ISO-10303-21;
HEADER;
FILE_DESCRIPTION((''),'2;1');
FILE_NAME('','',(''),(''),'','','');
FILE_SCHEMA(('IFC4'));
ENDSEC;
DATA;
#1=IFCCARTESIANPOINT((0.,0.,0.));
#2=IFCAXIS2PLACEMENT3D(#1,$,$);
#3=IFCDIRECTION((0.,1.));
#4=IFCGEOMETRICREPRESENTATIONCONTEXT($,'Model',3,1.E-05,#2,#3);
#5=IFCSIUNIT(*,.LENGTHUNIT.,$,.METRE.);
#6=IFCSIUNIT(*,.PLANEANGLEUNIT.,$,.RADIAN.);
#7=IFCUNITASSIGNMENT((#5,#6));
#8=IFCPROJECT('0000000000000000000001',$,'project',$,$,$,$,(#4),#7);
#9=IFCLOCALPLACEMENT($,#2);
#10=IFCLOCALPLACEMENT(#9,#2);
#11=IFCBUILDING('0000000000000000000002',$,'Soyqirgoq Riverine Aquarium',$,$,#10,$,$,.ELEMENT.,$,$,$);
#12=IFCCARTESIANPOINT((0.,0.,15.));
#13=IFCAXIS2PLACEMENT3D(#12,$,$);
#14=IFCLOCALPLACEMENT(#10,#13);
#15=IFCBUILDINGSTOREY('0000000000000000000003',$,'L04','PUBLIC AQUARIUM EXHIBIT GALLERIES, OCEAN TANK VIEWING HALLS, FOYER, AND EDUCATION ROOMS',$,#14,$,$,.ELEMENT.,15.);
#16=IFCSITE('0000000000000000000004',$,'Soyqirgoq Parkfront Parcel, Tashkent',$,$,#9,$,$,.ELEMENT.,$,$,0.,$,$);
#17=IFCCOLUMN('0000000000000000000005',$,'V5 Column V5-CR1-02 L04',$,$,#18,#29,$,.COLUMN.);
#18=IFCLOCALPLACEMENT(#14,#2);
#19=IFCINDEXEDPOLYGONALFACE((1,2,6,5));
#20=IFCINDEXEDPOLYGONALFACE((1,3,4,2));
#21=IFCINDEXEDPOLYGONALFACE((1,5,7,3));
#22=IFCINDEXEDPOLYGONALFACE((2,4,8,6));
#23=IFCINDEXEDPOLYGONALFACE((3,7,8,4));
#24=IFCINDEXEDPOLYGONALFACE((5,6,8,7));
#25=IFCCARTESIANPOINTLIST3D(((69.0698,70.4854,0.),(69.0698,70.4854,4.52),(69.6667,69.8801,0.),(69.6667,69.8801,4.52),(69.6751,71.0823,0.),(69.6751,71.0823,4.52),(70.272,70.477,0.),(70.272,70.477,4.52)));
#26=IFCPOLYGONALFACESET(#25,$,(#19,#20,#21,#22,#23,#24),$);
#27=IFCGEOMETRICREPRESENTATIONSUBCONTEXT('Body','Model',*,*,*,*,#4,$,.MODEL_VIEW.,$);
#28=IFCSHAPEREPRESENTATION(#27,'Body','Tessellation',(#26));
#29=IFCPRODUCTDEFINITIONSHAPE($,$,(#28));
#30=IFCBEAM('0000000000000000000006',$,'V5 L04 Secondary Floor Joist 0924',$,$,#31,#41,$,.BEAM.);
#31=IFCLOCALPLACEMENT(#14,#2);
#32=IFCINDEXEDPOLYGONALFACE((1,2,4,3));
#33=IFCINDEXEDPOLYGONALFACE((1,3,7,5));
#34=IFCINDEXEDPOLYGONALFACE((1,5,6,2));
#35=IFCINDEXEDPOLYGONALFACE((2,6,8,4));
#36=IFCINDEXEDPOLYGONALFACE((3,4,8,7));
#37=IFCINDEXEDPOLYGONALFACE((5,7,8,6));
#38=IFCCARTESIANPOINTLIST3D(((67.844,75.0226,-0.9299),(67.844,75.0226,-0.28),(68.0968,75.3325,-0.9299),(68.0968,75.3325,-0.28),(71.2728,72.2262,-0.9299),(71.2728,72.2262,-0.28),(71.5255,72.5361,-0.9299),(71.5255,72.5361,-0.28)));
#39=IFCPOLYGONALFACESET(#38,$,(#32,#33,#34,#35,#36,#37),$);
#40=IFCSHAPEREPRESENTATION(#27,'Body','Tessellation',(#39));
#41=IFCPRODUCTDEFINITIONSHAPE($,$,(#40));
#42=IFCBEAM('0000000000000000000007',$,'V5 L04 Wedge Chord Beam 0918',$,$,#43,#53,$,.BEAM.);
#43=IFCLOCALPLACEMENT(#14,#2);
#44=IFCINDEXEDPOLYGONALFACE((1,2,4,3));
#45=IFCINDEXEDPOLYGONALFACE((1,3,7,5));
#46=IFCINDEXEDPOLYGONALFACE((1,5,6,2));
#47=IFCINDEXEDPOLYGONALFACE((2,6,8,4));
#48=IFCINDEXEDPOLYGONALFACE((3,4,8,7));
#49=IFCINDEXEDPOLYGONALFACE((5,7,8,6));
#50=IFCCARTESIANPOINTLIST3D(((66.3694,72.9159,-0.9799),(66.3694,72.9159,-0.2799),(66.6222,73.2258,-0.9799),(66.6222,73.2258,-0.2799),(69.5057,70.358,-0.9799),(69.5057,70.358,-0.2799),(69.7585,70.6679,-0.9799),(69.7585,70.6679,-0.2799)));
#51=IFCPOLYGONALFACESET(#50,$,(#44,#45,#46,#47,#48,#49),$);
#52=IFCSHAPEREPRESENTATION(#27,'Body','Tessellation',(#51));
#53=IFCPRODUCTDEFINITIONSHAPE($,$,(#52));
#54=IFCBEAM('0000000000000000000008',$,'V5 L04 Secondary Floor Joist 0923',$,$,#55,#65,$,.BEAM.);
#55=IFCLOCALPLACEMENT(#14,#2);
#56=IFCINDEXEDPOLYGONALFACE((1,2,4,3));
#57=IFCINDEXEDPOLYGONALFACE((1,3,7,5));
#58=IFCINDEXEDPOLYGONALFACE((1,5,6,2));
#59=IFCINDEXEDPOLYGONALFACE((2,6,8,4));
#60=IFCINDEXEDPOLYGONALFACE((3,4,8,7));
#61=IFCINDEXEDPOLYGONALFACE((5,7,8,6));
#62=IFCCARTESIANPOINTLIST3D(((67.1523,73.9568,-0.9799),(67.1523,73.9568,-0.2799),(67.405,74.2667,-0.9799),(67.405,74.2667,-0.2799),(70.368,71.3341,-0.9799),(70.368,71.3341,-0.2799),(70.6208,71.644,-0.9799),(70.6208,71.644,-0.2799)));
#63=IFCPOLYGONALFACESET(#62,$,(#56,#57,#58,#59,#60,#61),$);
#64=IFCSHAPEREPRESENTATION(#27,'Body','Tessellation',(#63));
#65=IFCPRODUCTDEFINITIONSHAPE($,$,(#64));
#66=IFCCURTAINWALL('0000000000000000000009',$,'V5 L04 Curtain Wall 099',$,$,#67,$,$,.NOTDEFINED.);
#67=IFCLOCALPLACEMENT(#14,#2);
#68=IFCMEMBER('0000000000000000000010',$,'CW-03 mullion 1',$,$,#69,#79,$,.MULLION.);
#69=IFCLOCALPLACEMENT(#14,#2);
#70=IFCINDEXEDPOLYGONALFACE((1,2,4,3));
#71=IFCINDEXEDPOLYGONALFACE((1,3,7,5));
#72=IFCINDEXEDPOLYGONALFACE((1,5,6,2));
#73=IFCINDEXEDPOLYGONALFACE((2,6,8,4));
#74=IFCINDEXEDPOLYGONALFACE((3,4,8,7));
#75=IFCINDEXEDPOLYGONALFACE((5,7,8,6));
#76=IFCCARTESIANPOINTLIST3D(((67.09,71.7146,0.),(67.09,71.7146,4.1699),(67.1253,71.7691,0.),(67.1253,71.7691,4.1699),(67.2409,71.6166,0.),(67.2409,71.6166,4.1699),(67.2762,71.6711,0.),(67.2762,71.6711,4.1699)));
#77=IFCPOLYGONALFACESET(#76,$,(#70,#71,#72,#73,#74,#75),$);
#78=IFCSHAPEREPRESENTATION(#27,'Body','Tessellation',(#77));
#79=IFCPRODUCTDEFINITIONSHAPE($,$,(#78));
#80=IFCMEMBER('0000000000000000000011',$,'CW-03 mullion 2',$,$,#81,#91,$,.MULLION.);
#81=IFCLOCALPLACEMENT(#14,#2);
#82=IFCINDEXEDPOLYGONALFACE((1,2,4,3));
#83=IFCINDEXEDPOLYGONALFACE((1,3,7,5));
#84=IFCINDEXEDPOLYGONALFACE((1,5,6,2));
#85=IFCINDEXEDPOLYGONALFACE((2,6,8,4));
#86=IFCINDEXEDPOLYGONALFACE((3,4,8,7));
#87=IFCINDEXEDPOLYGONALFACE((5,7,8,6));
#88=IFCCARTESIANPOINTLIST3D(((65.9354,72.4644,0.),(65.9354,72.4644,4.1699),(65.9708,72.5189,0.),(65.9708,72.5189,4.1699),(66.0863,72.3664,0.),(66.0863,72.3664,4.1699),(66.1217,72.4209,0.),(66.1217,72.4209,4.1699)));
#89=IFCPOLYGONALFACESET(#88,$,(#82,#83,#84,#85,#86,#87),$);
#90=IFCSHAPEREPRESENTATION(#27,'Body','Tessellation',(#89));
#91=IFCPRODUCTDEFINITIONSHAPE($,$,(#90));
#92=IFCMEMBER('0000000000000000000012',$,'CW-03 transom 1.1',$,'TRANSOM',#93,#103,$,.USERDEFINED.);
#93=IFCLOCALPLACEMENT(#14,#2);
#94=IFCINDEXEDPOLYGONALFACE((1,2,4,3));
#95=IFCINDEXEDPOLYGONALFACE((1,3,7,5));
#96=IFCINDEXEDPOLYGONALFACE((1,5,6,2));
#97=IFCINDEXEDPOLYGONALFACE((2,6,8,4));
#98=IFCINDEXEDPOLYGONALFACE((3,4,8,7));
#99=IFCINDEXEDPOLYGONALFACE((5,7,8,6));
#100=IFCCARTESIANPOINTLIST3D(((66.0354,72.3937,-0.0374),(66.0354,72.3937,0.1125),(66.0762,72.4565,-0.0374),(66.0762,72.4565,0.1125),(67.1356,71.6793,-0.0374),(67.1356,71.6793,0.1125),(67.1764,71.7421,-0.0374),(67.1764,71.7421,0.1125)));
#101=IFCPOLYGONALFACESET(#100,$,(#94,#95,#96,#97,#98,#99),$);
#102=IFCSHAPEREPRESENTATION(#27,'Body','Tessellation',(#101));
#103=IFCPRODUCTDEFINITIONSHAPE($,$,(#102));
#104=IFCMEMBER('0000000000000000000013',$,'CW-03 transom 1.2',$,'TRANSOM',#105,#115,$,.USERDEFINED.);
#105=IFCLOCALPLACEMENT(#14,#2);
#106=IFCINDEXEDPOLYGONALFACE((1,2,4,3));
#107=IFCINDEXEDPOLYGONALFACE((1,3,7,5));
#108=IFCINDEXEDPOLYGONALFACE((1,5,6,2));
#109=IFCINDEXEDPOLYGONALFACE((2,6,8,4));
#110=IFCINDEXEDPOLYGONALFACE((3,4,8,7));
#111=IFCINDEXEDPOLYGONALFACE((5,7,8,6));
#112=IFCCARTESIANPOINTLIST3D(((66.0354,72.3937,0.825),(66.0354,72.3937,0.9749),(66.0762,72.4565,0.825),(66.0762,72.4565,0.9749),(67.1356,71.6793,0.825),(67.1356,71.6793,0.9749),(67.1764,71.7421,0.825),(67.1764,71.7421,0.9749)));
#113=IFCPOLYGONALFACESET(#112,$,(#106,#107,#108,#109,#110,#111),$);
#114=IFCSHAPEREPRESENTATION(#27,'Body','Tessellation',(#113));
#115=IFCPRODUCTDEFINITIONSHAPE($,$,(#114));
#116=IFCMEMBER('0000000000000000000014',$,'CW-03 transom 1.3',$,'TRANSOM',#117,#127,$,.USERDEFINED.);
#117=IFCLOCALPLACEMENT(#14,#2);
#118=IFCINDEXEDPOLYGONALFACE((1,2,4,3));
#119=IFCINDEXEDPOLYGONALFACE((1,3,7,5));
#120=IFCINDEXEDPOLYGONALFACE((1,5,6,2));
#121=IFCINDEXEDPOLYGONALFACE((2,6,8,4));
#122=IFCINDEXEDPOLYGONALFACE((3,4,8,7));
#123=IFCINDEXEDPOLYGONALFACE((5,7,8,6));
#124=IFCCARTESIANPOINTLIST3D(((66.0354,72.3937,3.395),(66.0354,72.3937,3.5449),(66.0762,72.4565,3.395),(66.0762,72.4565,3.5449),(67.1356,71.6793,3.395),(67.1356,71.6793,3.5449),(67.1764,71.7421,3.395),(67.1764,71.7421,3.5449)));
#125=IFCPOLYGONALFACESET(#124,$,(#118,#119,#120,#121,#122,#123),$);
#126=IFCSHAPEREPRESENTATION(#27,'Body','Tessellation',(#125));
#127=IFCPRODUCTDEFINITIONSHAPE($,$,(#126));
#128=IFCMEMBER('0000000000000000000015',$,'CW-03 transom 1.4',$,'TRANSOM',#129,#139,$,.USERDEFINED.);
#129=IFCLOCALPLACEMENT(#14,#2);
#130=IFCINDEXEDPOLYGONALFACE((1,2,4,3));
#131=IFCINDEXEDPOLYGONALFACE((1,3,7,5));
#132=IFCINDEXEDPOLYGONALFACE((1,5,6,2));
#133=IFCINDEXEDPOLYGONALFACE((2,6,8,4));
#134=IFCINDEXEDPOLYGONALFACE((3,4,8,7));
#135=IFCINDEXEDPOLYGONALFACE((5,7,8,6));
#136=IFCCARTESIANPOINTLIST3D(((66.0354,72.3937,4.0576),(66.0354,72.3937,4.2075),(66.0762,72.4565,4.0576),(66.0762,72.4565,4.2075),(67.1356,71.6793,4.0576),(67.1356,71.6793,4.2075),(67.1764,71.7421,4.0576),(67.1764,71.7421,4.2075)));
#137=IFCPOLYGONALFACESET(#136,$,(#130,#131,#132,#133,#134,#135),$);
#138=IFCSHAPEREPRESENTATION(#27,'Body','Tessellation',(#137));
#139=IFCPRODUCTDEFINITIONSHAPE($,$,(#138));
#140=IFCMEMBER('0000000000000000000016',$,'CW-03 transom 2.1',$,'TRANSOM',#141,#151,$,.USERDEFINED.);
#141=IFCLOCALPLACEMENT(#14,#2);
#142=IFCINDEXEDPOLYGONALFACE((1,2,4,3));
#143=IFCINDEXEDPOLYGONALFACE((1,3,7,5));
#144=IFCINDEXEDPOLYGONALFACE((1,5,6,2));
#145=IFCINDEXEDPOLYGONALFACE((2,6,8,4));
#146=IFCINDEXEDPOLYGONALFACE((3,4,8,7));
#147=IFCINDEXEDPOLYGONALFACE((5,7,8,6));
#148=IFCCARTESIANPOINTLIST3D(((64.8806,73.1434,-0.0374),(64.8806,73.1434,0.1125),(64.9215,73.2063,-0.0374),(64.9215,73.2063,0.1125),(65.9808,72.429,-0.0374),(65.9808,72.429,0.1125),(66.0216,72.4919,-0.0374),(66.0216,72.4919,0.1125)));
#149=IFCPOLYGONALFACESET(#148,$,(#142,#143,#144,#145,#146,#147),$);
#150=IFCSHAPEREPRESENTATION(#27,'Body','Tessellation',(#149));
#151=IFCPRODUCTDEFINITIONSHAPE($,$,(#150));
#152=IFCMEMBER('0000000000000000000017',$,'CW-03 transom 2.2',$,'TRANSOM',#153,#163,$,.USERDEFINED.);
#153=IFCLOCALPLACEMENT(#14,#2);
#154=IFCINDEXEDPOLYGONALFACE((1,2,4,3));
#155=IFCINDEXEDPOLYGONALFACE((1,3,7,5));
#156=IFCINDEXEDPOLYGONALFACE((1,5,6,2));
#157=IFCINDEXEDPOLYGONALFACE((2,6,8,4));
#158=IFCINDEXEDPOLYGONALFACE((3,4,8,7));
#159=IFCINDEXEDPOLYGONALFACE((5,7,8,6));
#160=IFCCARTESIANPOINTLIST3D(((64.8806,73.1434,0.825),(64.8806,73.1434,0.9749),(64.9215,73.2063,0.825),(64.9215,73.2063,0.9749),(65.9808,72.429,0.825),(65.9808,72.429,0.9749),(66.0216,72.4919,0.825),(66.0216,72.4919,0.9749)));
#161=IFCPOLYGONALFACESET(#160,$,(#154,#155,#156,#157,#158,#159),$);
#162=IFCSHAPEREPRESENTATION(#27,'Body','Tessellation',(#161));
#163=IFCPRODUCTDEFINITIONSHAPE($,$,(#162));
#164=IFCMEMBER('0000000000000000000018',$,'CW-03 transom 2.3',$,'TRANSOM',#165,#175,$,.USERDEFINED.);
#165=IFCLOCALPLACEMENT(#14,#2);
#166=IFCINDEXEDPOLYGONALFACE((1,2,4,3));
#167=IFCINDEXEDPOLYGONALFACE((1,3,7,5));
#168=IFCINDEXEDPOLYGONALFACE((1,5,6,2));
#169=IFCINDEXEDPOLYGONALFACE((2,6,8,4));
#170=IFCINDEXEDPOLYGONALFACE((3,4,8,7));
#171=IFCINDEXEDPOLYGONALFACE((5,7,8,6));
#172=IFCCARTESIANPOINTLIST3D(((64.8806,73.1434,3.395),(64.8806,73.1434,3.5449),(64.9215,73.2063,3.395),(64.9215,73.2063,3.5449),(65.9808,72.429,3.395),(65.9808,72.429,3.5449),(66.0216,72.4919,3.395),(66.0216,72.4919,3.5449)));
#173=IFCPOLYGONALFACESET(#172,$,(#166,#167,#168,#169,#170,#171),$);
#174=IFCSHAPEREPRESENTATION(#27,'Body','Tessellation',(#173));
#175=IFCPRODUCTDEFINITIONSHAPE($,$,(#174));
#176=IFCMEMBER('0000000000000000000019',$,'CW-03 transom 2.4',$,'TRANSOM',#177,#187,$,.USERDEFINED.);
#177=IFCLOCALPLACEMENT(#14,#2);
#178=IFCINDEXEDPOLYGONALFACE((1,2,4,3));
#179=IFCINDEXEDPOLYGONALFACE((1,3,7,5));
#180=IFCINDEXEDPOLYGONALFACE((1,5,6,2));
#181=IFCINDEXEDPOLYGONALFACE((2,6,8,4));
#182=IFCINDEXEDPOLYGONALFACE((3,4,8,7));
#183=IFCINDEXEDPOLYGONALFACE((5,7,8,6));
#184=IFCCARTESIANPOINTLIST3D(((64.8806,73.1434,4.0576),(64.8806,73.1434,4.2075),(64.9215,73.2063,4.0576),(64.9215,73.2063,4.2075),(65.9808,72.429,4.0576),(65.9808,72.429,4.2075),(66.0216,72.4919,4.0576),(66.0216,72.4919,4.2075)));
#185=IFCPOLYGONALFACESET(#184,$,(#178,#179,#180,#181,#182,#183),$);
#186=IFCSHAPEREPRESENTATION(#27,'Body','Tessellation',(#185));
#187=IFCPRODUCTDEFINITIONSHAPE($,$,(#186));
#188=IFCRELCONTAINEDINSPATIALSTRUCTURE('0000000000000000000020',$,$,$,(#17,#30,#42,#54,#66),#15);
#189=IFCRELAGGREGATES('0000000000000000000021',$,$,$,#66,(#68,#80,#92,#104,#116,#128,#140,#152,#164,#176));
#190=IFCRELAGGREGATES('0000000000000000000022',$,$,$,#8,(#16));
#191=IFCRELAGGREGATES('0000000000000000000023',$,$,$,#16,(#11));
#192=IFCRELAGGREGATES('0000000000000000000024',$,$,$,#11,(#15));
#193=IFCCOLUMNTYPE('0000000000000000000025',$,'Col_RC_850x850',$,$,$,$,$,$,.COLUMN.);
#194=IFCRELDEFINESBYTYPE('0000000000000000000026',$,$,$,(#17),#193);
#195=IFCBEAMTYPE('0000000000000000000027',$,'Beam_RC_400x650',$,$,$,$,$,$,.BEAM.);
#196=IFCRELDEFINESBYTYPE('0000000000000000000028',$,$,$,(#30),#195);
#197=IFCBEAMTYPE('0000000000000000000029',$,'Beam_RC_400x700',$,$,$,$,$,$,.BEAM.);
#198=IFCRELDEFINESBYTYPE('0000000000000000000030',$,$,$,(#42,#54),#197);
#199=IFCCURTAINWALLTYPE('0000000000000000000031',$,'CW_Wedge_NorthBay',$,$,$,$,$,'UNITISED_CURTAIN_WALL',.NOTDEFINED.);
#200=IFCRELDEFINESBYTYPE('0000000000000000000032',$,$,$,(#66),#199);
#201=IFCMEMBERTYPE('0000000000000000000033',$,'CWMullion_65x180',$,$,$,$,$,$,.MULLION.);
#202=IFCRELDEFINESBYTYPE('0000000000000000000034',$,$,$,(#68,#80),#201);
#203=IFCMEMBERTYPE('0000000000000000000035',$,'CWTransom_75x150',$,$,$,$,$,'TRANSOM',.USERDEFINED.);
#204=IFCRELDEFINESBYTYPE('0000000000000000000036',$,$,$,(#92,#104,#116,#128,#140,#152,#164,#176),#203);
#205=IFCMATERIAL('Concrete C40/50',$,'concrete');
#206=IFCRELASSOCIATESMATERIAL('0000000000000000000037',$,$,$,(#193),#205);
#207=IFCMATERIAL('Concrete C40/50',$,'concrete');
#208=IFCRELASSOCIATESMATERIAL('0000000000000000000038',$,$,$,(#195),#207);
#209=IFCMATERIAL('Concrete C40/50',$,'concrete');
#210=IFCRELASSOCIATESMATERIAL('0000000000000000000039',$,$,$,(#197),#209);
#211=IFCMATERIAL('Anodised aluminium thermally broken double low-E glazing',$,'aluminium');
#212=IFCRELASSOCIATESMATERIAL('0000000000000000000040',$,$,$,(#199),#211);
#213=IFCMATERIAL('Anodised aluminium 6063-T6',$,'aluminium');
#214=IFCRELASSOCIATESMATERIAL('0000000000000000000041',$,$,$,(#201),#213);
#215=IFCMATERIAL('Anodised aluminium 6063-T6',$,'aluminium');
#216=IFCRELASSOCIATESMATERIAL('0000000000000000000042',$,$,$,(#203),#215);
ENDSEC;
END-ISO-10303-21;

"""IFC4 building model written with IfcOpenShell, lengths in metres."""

from ifc_helpers import new_model, si_unit, direction, frame, origin, origin_2d, place, context, subcontext, project, spatial, rectangle, extrude, material, material_profile, profile_set, type_object, element, aggregate, save


model = new_model("IFC4")

# Units and contexts
model_context = context("Model", 3, precision=1e-05, world=origin(), true_north=direction((0.0, 1.0)))
body_context = subcontext(model_context, "Body", "Model", "MODEL_VIEW")
ifc_project = project(units=[si_unit("LENGTHUNIT", "METRE"), si_unit("PLANEANGLEUNIT", "RADIAN")], contexts=[model_context])

# Site, building, storey
site_placement = place(None, origin())
site = spatial("IfcSite", under=ifc_project, at=site_placement, Name="Soyqirgoq Parkfront Parcel, Tashkent", CompositionType="ELEMENT", RefElevation=0.0)
building_placement = place(site_placement, origin())
building = spatial("IfcBuilding", under=site, at=building_placement, Name="Soyqirgoq Riverine Aquarium", CompositionType="ELEMENT")
storey_placement = place(building_placement, frame((0.0, 0.0, 15.0)))
storey = spatial("IfcBuildingStorey", under=building, at=storey_placement, Name="L04", Description="PUBLIC AQUARIUM EXHIBIT GALLERIES, OCEAN TANK VIEWING HALLS, FOYER, AND EDUCATION ROOMS", CompositionType="ELEMENT", Elevation=15.0)

# Column
ifc_material_1 = material(Name="Concrete C40/50", Category="concrete")
ifc_material_profile_1 = material_profile(ifc_material_1, rectangle(XDim=0.8501, YDim=0.8501, at=origin_2d()), Name="RC 850x850")
ifc_profile_set_1 = profile_set([ifc_material_profile_1], Name="Concrete C40/50")
column_type = type_object("IfcColumnType", Name="Col_RC_850x850", PredefinedType="COLUMN", material=ifc_profile_set_1)
column_placement = place(storey_placement, frame((69.6709, 70.4812, 0.0), z_axis=(0.0, 0.0, 1.0), x_axis=(0.712026, 0.702153, 0.0)))
element("IfcColumn", 1, at=column_placement, inside=storey, type_object=column_type, Name="V5 Column V5-CR1-02 L04", PredefinedType="COLUMN", context=body_context, shape_type="SweptSolid", body=[
    extrude(rectangle(XDim=0.8501, YDim=0.8501, at=origin_2d()), origin(), (0.0, 0.0, 1.0), 4.52),
])

# Beams
ifc_material_2 = material(Name="Concrete C40/50", Category="concrete")
ifc_material_profile_2 = material_profile(ifc_material_2, rectangle(XDim=0.3999, YDim=0.6499, at=origin_2d()), Name="RC 400x650")
ifc_profile_set_2 = profile_set([ifc_material_profile_2], Name="Concrete C40/50")
beam_type_1 = type_object("IfcBeamType", Name="Beam_RC_400x650", PredefinedType="BEAM", material=ifc_profile_set_2)
beam_1_placement = place(storey_placement, frame((71.3992, 72.3811, -0.605), z_axis=(-0.774945, 0.632029, 0.0), x_axis=(-0.632029, -0.774945, 0.0)))
element("IfcBeam", 2, at=beam_1_placement, inside=storey, type_object=beam_type_1, Name="V5 L04 Secondary Floor Joist 0924", PredefinedType="BEAM", context=body_context, shape_type="SweptSolid", body=[
    extrude(rectangle(XDim=0.3999, YDim=0.6499, at=origin_2d()), origin(), (0.0, 0.0, 1.0), 4.4246),
])
ifc_material_3 = material(Name="Concrete C40/50", Category="concrete")
ifc_material_profile_3 = material_profile(ifc_material_3, rectangle(XDim=0.3999, YDim=0.7, at=origin_2d()), Name="RC 400x700")
ifc_profile_set_3 = profile_set([ifc_material_profile_3], Name="Concrete C40/50")
beam_type_2 = type_object("IfcBeamType", Name="Beam_RC_400x700", PredefinedType="BEAM", material=ifc_profile_set_3)
beam_2_placement = place(storey_placement, frame((69.6321, 70.5129, -0.6299), z_axis=(-0.774943, 0.632031, 0.0), x_axis=(-0.632031, -0.774943, 0.0)))
element("IfcBeam", 3, at=beam_2_placement, inside=storey, type_object=beam_type_2, Name="V5 L04 Wedge Chord Beam 0918", PredefinedType="BEAM", context=body_context, shape_type="SweptSolid", body=[
    extrude(rectangle(XDim=0.3999, YDim=0.7, at=origin_2d()), origin(), (0.0, 0.0, 1.0), 4.0471),
])
beam_3_placement = place(storey_placement, frame((70.4944, 71.489, -0.6299), z_axis=(-0.774939, 0.632036, 0.0), x_axis=(-0.632036, -0.774939, 0.0)))
element("IfcBeam", 4, at=beam_3_placement, inside=storey, type_object=beam_type_2, Name="V5 L04 Secondary Floor Joist 0923", PredefinedType="BEAM", context=body_context, shape_type="SweptSolid", body=[
    extrude(rectangle(XDim=0.3999, YDim=0.7, at=origin_2d()), origin(), (0.0, 0.0, 1.0), 4.1497),
])

# Curtain wall, members
ifc_material_4 = material(Name="Anodised aluminium thermally broken double low-E glazing", Category="aluminium")
curtain_wall_type = type_object("IfcCurtainWallType", Name="CW_Wedge_NorthBay", ElementType="UNITISED_CURTAIN_WALL", PredefinedType="NOTDEFINED", material=ifc_material_4)
curtain_wall_placement = place(storey_placement, origin())
curtain_wall = element("IfcCurtainWall", 5, at=curtain_wall_placement, inside=storey, type_object=curtain_wall_type, Name="V5 L04 Curtain Wall 099", PredefinedType="NOTDEFINED")
ifc_material_5 = material(Name="Anodised aluminium 6063-T6", Category="aluminium")
ifc_material_profile_4 = material_profile(ifc_material_5, rectangle(XDim=0.0649, YDim=0.1799, at=origin_2d()), Name="ALU-M 65x180")
ifc_profile_set_4 = profile_set([ifc_material_profile_4], Name="Anodised aluminium 6063-T6")
member_type_1 = type_object("IfcMemberType", Name="CWMullion_65x180", PredefinedType="MULLION", material=ifc_profile_set_4)
member_1_placement = place(storey_placement, frame((67.1831, 71.6929, 0.0), z_axis=(0.0, 0.0, 1.0), x_axis=(-0.544613, -0.838688, 0.0)))
member_1 = element("IfcMember", 6, at=member_1_placement, type_object=member_type_1, Name="CW-03 mullion 1", PredefinedType="MULLION", context=body_context, shape_type="SweptSolid", body=[
    extrude(rectangle(XDim=0.0649, YDim=0.1799, at=origin_2d()), origin(), (0.0, 0.0, 1.0), 4.1699),
])
member_2_placement = place(storey_placement, frame((66.0286, 72.4426, 0.0), z_axis=(0.0, 0.0, 1.0), x_axis=(-0.544613, -0.838688, 0.0)))
member_2 = element("IfcMember", 7, at=member_2_placement, type_object=member_type_1, Name="CW-03 mullion 2", PredefinedType="MULLION", context=body_context, shape_type="SweptSolid", body=[
    extrude(rectangle(XDim=0.0649, YDim=0.1799, at=origin_2d()), origin(), (0.0, 0.0, 1.0), 4.1699),
])
ifc_material_6 = material(Name="Anodised aluminium 6063-T6", Category="aluminium")
ifc_material_profile_5 = material_profile(ifc_material_6, rectangle(XDim=0.075, YDim=0.1499, at=origin_2d()), Name="ALU-T 75x150")
ifc_profile_set_5 = profile_set([ifc_material_profile_5], Name="Anodised aluminium 6063-T6")
member_type_2 = type_object("IfcMemberType", Name="CWTransom_75x150", ElementType="TRANSOM", PredefinedType="USERDEFINED", material=ifc_profile_set_5)
member_3_placement = place(storey_placement, frame((67.156, 71.7107, 0.0376), z_axis=(-0.83869, 0.544609, 0.0), x_axis=(-0.544609, -0.83869, 0.0)))
member_3 = element("IfcMember", 8, at=member_3_placement, type_object=member_type_2, Name="CW-03 transom 1.1", ObjectType="TRANSOM", PredefinedType="USERDEFINED", context=body_context, shape_type="SweptSolid", body=[
    extrude(rectangle(XDim=0.075, YDim=0.1499, at=origin_2d()), origin(), (0.0, 0.0, 1.0), 1.3118),
])
member_4_placement = place(storey_placement, frame((67.156, 71.7107, 0.8999), z_axis=(-0.83869, 0.544609, 0.0), x_axis=(-0.544609, -0.83869, 0.0)))
member_4 = element("IfcMember", 9, at=member_4_placement, type_object=member_type_2, Name="CW-03 transom 1.2", ObjectType="TRANSOM", PredefinedType="USERDEFINED", context=body_context, shape_type="SweptSolid", body=[
    extrude(rectangle(XDim=0.075, YDim=0.1499, at=origin_2d()), origin(), (0.0, 0.0, 1.0), 1.3118),
])
member_5_placement = place(storey_placement, frame((67.156, 71.7107, 3.47), z_axis=(-0.83869, 0.544609, 0.0), x_axis=(-0.544609, -0.83869, 0.0)))
member_5 = element("IfcMember", 10, at=member_5_placement, type_object=member_type_2, Name="CW-03 transom 1.3", ObjectType="TRANSOM", PredefinedType="USERDEFINED", context=body_context, shape_type="SweptSolid", body=[
    extrude(rectangle(XDim=0.075, YDim=0.1499, at=origin_2d()), origin(), (0.0, 0.0, 1.0), 1.3118),
])
member_6_placement = place(storey_placement, frame((67.156, 71.7107, 4.1326), z_axis=(-0.83869, 0.544609, 0.0), x_axis=(-0.544609, -0.83869, 0.0)))
member_6 = element("IfcMember", 11, at=member_6_placement, type_object=member_type_2, Name="CW-03 transom 1.4", ObjectType="TRANSOM", PredefinedType="USERDEFINED", context=body_context, shape_type="SweptSolid", body=[
    extrude(rectangle(XDim=0.075, YDim=0.1499, at=origin_2d()), origin(), (0.0, 0.0, 1.0), 1.3118),
])
member_7_placement = place(storey_placement, frame((66.0012, 72.4604, 0.0376), z_axis=(-0.83869, 0.544609, 0.0), x_axis=(-0.544609, -0.83869, 0.0)))
member_7 = element("IfcMember", 12, at=member_7_placement, type_object=member_type_2, Name="CW-03 transom 2.1", ObjectType="TRANSOM", PredefinedType="USERDEFINED", context=body_context, shape_type="SweptSolid", body=[
    extrude(rectangle(XDim=0.075, YDim=0.1499, at=origin_2d()), origin(), (0.0, 0.0, 1.0), 1.3118),
])
member_8_placement = place(storey_placement, frame((66.0012, 72.4604, 0.8999), z_axis=(-0.83869, 0.544609, 0.0), x_axis=(-0.544609, -0.83869, 0.0)))
member_8 = element("IfcMember", 13, at=member_8_placement, type_object=member_type_2, Name="CW-03 transom 2.2", ObjectType="TRANSOM", PredefinedType="USERDEFINED", context=body_context, shape_type="SweptSolid", body=[
    extrude(rectangle(XDim=0.075, YDim=0.1499, at=origin_2d()), origin(), (0.0, 0.0, 1.0), 1.3118),
])
member_9_placement = place(storey_placement, frame((66.0012, 72.4604, 3.47), z_axis=(-0.83869, 0.544609, 0.0), x_axis=(-0.544609, -0.83869, 0.0)))
member_9 = element("IfcMember", 14, at=member_9_placement, type_object=member_type_2, Name="CW-03 transom 2.3", ObjectType="TRANSOM", PredefinedType="USERDEFINED", context=body_context, shape_type="SweptSolid", body=[
    extrude(rectangle(XDim=0.075, YDim=0.1499, at=origin_2d()), origin(), (0.0, 0.0, 1.0), 1.3118),
])
member_10_placement = place(storey_placement, frame((66.0012, 72.4604, 4.1326), z_axis=(-0.83869, 0.544609, 0.0), x_axis=(-0.544609, -0.83869, 0.0)))
member_10 = element("IfcMember", 15, at=member_10_placement, type_object=member_type_2, Name="CW-03 transom 2.4", ObjectType="TRANSOM", PredefinedType="USERDEFINED", context=body_context, shape_type="SweptSolid", body=[
    extrude(rectangle(XDim=0.075, YDim=0.1499, at=origin_2d()), origin(), (0.0, 0.0, 1.0), 1.3118),
])

aggregate(curtain_wall, [member_1, member_2, member_3, member_4, member_5, member_6, member_7, member_8, member_9, member_10])

save(model, "model.ifc")
